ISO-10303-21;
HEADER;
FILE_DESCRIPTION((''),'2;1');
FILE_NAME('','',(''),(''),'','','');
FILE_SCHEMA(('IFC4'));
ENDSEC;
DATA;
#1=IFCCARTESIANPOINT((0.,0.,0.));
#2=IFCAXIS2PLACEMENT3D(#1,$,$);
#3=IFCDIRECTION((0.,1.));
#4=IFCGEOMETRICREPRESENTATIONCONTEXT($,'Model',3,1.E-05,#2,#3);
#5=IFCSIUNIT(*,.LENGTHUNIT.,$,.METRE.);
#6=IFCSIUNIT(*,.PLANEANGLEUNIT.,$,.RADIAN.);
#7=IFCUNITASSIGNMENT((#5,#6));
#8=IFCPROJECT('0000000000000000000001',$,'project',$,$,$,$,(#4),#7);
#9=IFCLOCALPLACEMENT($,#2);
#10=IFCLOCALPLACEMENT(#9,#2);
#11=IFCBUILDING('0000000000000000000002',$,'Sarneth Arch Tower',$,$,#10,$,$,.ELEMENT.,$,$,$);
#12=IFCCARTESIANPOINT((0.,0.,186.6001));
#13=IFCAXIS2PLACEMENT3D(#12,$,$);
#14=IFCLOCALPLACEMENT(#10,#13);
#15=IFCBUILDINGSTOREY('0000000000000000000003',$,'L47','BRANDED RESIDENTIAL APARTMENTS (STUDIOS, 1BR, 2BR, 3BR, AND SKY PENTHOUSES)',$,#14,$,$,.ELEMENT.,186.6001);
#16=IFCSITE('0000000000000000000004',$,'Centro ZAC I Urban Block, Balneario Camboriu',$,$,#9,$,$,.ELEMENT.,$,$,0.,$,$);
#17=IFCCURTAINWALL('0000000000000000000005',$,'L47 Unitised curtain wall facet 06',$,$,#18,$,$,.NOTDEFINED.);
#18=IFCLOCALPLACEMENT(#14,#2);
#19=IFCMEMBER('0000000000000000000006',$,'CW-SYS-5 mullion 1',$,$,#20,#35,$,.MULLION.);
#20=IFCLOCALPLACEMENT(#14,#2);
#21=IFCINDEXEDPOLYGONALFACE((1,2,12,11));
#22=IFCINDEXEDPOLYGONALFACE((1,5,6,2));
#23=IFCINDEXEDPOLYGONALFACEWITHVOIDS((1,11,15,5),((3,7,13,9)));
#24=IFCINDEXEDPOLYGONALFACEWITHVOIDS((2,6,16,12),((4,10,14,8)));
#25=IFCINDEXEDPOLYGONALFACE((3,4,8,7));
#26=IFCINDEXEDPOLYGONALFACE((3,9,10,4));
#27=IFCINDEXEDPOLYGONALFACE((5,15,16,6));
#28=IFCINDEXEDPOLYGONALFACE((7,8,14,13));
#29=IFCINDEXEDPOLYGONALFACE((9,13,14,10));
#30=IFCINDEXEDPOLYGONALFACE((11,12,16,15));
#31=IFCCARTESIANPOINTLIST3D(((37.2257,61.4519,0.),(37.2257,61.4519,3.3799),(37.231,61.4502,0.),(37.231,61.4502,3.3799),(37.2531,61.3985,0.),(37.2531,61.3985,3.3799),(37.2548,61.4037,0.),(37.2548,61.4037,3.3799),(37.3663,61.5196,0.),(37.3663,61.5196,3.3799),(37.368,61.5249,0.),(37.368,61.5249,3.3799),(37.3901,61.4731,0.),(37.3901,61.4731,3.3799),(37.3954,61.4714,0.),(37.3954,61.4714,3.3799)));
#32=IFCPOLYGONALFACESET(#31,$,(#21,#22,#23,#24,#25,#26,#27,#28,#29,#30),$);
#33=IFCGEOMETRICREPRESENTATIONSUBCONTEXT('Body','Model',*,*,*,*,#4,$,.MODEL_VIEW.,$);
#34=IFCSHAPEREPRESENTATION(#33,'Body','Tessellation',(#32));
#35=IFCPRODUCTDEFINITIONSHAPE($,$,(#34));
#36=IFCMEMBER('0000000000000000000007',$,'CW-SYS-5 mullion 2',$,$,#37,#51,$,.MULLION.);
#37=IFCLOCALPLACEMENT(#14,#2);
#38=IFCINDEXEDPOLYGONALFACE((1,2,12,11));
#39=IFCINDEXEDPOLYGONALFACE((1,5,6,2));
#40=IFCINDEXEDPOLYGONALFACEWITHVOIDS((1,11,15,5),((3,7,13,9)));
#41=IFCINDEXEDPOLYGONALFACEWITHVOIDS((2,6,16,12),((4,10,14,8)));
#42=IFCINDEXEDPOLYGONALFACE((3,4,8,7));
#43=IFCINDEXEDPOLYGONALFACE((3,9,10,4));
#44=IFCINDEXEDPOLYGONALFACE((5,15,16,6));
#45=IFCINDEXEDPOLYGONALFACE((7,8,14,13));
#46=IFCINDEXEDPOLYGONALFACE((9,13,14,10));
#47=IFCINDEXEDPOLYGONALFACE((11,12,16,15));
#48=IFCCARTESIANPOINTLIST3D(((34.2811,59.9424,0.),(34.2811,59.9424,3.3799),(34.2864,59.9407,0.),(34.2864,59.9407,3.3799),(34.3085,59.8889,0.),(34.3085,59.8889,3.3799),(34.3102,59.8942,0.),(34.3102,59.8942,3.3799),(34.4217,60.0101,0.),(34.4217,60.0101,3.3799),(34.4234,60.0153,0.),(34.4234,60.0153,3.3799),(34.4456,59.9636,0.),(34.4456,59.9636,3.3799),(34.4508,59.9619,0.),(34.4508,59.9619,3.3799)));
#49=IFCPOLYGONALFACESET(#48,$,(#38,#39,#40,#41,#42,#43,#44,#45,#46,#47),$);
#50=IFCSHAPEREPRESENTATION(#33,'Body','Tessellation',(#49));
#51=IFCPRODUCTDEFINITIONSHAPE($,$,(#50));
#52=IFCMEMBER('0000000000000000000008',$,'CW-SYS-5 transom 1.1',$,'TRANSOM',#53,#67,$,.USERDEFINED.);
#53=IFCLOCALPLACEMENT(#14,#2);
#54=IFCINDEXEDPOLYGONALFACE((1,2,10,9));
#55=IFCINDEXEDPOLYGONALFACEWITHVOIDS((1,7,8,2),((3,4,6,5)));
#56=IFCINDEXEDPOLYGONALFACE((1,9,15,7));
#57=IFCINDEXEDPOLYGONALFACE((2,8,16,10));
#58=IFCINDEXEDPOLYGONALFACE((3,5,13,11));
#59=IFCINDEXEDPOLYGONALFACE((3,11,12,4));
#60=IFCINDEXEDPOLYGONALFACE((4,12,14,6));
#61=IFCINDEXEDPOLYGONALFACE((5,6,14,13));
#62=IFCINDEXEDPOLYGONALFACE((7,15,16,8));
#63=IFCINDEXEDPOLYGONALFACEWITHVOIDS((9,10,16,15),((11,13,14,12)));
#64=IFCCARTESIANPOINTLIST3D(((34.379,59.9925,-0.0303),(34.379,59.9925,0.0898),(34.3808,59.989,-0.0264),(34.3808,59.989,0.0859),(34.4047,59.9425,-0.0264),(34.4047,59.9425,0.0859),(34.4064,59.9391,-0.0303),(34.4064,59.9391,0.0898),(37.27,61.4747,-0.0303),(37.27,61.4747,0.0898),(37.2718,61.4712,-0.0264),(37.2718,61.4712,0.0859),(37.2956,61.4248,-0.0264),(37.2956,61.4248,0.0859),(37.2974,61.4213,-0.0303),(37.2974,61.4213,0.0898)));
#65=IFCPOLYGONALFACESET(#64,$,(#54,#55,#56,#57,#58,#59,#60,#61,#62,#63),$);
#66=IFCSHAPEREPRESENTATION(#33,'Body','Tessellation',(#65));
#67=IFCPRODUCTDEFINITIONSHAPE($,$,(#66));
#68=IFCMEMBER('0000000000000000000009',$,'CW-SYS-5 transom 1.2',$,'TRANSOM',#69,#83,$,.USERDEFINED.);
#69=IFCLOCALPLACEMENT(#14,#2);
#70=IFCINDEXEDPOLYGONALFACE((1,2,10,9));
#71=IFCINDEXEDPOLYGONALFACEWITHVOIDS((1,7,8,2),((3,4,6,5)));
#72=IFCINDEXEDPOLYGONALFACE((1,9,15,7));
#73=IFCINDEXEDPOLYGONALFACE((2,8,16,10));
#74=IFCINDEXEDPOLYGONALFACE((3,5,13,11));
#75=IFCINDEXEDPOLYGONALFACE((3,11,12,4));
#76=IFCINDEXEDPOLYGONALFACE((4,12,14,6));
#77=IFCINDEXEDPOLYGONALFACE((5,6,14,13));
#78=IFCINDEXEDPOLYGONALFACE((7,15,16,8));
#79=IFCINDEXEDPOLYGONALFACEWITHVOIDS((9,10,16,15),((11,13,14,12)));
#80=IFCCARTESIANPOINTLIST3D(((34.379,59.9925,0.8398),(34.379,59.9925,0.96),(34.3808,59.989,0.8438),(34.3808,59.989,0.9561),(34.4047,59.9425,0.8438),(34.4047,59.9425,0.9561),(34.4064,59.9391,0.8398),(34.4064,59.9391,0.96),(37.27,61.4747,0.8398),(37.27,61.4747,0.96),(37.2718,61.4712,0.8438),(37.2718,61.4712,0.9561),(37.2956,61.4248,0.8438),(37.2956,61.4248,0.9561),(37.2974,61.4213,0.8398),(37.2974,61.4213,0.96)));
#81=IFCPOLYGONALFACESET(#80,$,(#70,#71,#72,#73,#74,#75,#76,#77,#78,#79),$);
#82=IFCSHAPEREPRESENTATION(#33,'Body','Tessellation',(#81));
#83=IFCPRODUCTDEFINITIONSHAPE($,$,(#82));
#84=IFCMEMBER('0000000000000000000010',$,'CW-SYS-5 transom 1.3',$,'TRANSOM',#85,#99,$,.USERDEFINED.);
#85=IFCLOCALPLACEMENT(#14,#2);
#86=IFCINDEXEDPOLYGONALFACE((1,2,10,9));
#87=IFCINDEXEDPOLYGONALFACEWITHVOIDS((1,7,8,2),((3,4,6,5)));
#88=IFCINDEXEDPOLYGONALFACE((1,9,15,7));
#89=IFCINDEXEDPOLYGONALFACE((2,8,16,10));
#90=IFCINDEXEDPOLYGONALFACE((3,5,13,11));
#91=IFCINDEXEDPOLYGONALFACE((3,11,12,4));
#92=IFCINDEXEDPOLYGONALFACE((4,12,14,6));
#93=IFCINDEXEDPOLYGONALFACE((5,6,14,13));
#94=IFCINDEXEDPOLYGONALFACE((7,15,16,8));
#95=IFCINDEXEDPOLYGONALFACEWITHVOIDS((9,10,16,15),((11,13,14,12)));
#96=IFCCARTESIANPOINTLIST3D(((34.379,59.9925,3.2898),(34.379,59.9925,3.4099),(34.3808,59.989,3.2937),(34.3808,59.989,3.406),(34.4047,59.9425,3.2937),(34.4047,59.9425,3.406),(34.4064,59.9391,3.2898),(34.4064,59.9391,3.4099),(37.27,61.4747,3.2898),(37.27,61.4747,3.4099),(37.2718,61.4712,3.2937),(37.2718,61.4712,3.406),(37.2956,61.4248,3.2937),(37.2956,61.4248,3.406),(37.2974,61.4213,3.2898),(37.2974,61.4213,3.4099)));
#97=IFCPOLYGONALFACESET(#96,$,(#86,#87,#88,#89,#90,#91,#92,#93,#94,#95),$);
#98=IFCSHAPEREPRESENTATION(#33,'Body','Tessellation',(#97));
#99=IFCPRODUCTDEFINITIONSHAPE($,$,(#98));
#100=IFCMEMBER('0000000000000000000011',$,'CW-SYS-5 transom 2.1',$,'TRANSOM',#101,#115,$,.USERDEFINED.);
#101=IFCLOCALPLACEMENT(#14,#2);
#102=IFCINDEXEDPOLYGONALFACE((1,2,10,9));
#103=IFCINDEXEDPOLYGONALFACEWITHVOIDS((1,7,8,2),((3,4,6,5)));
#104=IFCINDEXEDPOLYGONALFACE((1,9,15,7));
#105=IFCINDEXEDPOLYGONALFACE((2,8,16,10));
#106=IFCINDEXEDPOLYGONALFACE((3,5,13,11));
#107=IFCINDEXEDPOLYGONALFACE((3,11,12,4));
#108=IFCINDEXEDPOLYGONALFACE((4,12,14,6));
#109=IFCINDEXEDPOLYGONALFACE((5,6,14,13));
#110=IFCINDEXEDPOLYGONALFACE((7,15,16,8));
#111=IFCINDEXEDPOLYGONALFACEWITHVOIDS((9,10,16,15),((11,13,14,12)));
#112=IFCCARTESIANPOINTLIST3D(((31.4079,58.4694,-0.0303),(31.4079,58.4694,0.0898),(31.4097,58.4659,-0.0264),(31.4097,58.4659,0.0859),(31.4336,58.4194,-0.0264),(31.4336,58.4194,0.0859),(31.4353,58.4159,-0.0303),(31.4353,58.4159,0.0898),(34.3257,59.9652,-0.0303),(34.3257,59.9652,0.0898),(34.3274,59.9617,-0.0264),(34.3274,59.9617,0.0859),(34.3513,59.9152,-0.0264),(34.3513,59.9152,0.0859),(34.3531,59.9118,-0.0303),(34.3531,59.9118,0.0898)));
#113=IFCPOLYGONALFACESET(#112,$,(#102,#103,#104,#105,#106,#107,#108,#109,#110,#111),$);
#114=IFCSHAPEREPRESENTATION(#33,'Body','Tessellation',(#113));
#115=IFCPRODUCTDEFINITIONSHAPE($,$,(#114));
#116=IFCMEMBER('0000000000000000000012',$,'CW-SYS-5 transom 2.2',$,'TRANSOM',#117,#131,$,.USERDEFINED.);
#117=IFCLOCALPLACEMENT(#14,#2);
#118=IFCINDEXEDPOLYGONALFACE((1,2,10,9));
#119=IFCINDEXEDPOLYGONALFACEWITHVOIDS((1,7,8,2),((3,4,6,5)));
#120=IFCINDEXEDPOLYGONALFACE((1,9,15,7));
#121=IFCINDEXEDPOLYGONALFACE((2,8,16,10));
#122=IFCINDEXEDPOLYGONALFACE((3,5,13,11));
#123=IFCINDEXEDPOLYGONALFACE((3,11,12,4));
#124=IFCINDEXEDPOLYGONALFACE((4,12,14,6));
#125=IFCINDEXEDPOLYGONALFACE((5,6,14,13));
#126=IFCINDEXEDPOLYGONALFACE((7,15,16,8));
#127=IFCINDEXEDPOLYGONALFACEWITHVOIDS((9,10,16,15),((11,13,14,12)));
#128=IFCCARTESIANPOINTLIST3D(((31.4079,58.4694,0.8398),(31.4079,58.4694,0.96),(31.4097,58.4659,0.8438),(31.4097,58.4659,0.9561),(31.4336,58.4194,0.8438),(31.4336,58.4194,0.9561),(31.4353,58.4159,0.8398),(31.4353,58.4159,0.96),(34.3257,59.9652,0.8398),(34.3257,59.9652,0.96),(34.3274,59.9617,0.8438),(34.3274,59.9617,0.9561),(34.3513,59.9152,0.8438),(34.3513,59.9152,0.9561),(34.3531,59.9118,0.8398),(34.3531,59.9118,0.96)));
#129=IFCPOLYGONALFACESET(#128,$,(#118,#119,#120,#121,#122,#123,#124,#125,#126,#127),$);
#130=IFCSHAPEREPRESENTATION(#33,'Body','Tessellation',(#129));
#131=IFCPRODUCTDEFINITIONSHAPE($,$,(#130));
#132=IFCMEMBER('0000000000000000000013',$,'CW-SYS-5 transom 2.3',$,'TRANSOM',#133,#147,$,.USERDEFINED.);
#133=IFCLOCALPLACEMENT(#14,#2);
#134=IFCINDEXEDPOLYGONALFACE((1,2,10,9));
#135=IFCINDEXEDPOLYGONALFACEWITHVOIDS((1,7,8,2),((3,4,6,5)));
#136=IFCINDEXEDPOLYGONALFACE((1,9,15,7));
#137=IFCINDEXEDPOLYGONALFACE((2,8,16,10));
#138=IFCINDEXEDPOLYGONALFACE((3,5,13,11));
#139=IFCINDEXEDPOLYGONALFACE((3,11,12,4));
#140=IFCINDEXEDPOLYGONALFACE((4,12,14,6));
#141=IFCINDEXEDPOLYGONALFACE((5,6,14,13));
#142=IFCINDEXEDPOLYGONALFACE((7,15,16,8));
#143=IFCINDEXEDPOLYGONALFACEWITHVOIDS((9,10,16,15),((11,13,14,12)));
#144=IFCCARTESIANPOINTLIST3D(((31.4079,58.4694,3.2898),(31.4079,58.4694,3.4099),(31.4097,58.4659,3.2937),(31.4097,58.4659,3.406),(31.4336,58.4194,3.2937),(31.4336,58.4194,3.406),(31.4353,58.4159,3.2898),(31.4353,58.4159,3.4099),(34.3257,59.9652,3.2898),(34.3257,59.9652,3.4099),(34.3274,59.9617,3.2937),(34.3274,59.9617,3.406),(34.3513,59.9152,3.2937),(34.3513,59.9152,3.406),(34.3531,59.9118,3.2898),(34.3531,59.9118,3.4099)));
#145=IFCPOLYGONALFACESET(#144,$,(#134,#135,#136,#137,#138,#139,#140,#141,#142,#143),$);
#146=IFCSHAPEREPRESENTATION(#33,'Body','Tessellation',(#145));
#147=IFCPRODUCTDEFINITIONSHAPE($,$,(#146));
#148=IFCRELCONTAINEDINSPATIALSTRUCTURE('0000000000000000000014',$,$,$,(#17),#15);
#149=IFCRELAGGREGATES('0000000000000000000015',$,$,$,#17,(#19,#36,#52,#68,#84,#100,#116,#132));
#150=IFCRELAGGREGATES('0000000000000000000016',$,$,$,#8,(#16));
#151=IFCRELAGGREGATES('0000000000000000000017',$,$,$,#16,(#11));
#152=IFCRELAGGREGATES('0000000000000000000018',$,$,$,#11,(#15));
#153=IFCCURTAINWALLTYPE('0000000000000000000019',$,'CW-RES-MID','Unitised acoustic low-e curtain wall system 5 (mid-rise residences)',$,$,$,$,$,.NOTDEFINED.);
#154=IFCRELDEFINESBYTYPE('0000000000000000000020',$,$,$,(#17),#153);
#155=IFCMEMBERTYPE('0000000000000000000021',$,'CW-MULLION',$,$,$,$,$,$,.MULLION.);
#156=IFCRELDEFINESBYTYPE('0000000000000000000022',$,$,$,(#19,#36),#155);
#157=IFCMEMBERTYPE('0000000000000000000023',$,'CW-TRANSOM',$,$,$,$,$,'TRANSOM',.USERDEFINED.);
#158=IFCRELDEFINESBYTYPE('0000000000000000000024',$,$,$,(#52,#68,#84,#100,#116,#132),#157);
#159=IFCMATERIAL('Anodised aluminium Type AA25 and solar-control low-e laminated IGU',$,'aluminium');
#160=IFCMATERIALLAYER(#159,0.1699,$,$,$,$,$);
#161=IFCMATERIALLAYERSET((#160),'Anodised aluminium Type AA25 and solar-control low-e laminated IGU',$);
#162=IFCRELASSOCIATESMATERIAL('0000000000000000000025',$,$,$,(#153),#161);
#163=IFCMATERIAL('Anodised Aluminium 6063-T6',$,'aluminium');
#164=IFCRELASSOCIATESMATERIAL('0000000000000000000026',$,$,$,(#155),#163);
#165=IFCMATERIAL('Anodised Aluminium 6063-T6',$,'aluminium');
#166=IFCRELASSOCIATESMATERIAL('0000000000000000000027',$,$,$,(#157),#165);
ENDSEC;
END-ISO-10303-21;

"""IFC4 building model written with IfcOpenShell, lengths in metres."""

from ifc_helpers import new_model, si_unit, direction, frame, origin, origin_2d, place, context, subcontext, project, spatial, hollow_rectangle, extrude, material, layer, layer_set, material_profile, profile_set, type_object, element, aggregate, save


model = new_model("IFC4")

# Units and contexts
model_context = context("Model", 3, precision=1e-05, world=origin(), true_north=direction((0.0, 1.0)))
body_context = subcontext(model_context, "Body", "Model", "MODEL_VIEW")
ifc_project = project(units=[si_unit("LENGTHUNIT", "METRE"), si_unit("PLANEANGLEUNIT", "RADIAN")], contexts=[model_context])

# Site, building, storey
site_placement = place(None, origin())
site = spatial("IfcSite", under=ifc_project, at=site_placement, Name="Centro ZAC I Urban Block, Balneario Camboriu", CompositionType="ELEMENT", RefElevation=0.0)
building_placement = place(site_placement, origin())
building = spatial("IfcBuilding", under=site, at=building_placement, Name="Sarneth Arch Tower", CompositionType="ELEMENT")
storey_placement = place(building_placement, frame((0.0, 0.0, 186.6001)))
storey = spatial("IfcBuildingStorey", under=building, at=storey_placement, Name="L47", Description="BRANDED RESIDENTIAL APARTMENTS (STUDIOS, 1BR, 2BR, 3BR, AND SKY PENTHOUSES)", CompositionType="ELEMENT", Elevation=186.6001)

# Curtain wall, members
ifc_material_1 = material(Name="Anodised aluminium Type AA25 and solar-control low-e laminated IGU", Category="aluminium")
ifc_layer_1 = layer(ifc_material_1, 0.1699)
ifc_layer_set_1 = layer_set([ifc_layer_1], Name="Anodised aluminium Type AA25 and solar-control low-e laminated IGU")
curtain_wall_type = type_object("IfcCurtainWallType", Name="CW-RES-MID", Description="Unitised acoustic low-e curtain wall system 5 (mid-rise residences)", PredefinedType="NOTDEFINED", material=ifc_layer_set_1)
curtain_wall_placement = place(storey_placement, origin())
curtain_wall = element("IfcCurtainWall", 1, at=curtain_wall_placement, inside=storey, type_object=curtain_wall_type, Name="L47 Unitised curtain wall facet 06", PredefinedType="NOTDEFINED")
ifc_material_2 = material(Name="Anodised Aluminium 6063-T6", Category="aluminium")
ifc_material_profile_1 = material_profile(ifc_material_2, hollow_rectangle(XDim=0.0601, YDim=0.1599, WallThickness=0.0039, at=origin_2d()), Name="AL-MULL-160x60x4")
ifc_profile_set_1 = profile_set([ifc_material_profile_1], Name="Anodised Aluminium 6063-T6")
member_type_1 = type_object("IfcMemberType", Name="CW-MULLION", PredefinedType="MULLION", material=ifc_profile_set_1)
member_1_placement = place(storey_placement, frame((37.3105, 61.4617, 0.0), z_axis=(0.0, 0.0, 1.0), x_axis=(0.456208, -0.889873, 0.0)))
member_1 = element("IfcMember", 2, at=member_1_placement, type_object=member_type_1, Name="CW-SYS-5 mullion 1", PredefinedType="MULLION", context=body_context, shape_type="SweptSolid", body=[
    extrude(hollow_rectangle(XDim=0.0601, YDim=0.1599, WallThickness=0.0039, at=origin_2d()), origin(), (0.0, 0.0, 1.0), 3.3799),
])
member_2_placement = place(storey_placement, frame((34.366, 59.9521, 0.0), z_axis=(0.0, 0.0, 1.0), x_axis=(0.456208, -0.889873, 0.0)))
member_2 = element("IfcMember", 3, at=member_2_placement, type_object=member_type_1, Name="CW-SYS-5 mullion 2", PredefinedType="MULLION", context=body_context, shape_type="SweptSolid", body=[
    extrude(hollow_rectangle(XDim=0.0601, YDim=0.1599, WallThickness=0.0039, at=origin_2d()), origin(), (0.0, 0.0, 1.0), 3.3799),
])
ifc_material_3 = material(Name="Anodised Aluminium 6063-T6", Category="aluminium")
ifc_material_profile_2 = material_profile(ifc_material_3, hollow_rectangle(XDim=0.0601, YDim=0.1201, WallThickness=0.0039, at=origin_2d()), Name="AL-TRAN-120x60x4")
ifc_profile_set_2 = profile_set([ifc_material_profile_2], Name="Anodised Aluminium 6063-T6")
member_type_2 = type_object("IfcMemberType", Name="CW-TRANSOM", ElementType="TRANSOM", PredefinedType="USERDEFINED", material=ifc_profile_set_2)
member_3_placement = place(storey_placement, frame((37.2837, 61.448, 0.0298), z_axis=(-0.889857, -0.456239, 0.0), x_axis=(0.456239, -0.889857, 0.0)))
member_3 = element("IfcMember", 4, at=member_3_placement, type_object=member_type_2, Name="CW-SYS-5 transom 1.1", ObjectType="TRANSOM", PredefinedType="USERDEFINED", context=body_context, shape_type="SweptSolid", body=[
    extrude(hollow_rectangle(XDim=0.0601, YDim=0.1201, WallThickness=0.0039, at=origin_2d()), origin(), (0.0, 0.0, 1.0), 3.2488),
])
member_4_placement = place(storey_placement, frame((37.2837, 61.448, 0.8999), z_axis=(-0.889857, -0.456239, 0.0), x_axis=(0.456239, -0.889857, 0.0)))
member_4 = element("IfcMember", 5, at=member_4_placement, type_object=member_type_2, Name="CW-SYS-5 transom 1.2", ObjectType="TRANSOM", PredefinedType="USERDEFINED", context=body_context, shape_type="SweptSolid", body=[
    extrude(hollow_rectangle(XDim=0.0601, YDim=0.1201, WallThickness=0.0039, at=origin_2d()), origin(), (0.0, 0.0, 1.0), 3.2488),
])
member_5_placement = place(storey_placement, frame((37.2837, 61.448, 3.3499), z_axis=(-0.889857, -0.456239, 0.0), x_axis=(0.456239, -0.889857, 0.0)))
member_5 = element("IfcMember", 6, at=member_5_placement, type_object=member_type_2, Name="CW-SYS-5 transom 1.3", ObjectType="TRANSOM", PredefinedType="USERDEFINED", context=body_context, shape_type="SweptSolid", body=[
    extrude(hollow_rectangle(XDim=0.0601, YDim=0.1201, WallThickness=0.0039, at=origin_2d()), origin(), (0.0, 0.0, 1.0), 3.2488),
])
member_6_placement = place(storey_placement, frame((34.3394, 59.9385, 0.0298), z_axis=(-0.889869, -0.456215, 0.0), x_axis=(0.456215, -0.889869, 0.0)))
member_6 = element("IfcMember", 7, at=member_6_placement, type_object=member_type_2, Name="CW-SYS-5 transom 2.1", ObjectType="TRANSOM", PredefinedType="USERDEFINED", context=body_context, shape_type="SweptSolid", body=[
    extrude(hollow_rectangle(XDim=0.0601, YDim=0.1201, WallThickness=0.0039, at=origin_2d()), origin(), (0.0, 0.0, 1.0), 3.2788),
])
member_7_placement = place(storey_placement, frame((34.3394, 59.9385, 0.8999), z_axis=(-0.889869, -0.456215, 0.0), x_axis=(0.456215, -0.889869, 0.0)))
member_7 = element("IfcMember", 8, at=member_7_placement, type_object=member_type_2, Name="CW-SYS-5 transom 2.2", ObjectType="TRANSOM", PredefinedType="USERDEFINED", context=body_context, shape_type="SweptSolid", body=[
    extrude(hollow_rectangle(XDim=0.0601, YDim=0.1201, WallThickness=0.0039, at=origin_2d()), origin(), (0.0, 0.0, 1.0), 3.2788),
])
member_8_placement = place(storey_placement, frame((34.3394, 59.9385, 3.3499), z_axis=(-0.889869, -0.456215, 0.0), x_axis=(0.456215, -0.889869, 0.0)))
member_8 = element("IfcMember", 9, at=member_8_placement, type_object=member_type_2, Name="CW-SYS-5 transom 2.3", ObjectType="TRANSOM", PredefinedType="USERDEFINED", context=body_context, shape_type="SweptSolid", body=[
    extrude(hollow_rectangle(XDim=0.0601, YDim=0.1201, WallThickness=0.0039, at=origin_2d()), origin(), (0.0, 0.0, 1.0), 3.2788),
])

aggregate(curtain_wall, [member_1, member_2, member_3, member_4, member_5, member_6, member_7, member_8])

save(model, "model.ifc")
